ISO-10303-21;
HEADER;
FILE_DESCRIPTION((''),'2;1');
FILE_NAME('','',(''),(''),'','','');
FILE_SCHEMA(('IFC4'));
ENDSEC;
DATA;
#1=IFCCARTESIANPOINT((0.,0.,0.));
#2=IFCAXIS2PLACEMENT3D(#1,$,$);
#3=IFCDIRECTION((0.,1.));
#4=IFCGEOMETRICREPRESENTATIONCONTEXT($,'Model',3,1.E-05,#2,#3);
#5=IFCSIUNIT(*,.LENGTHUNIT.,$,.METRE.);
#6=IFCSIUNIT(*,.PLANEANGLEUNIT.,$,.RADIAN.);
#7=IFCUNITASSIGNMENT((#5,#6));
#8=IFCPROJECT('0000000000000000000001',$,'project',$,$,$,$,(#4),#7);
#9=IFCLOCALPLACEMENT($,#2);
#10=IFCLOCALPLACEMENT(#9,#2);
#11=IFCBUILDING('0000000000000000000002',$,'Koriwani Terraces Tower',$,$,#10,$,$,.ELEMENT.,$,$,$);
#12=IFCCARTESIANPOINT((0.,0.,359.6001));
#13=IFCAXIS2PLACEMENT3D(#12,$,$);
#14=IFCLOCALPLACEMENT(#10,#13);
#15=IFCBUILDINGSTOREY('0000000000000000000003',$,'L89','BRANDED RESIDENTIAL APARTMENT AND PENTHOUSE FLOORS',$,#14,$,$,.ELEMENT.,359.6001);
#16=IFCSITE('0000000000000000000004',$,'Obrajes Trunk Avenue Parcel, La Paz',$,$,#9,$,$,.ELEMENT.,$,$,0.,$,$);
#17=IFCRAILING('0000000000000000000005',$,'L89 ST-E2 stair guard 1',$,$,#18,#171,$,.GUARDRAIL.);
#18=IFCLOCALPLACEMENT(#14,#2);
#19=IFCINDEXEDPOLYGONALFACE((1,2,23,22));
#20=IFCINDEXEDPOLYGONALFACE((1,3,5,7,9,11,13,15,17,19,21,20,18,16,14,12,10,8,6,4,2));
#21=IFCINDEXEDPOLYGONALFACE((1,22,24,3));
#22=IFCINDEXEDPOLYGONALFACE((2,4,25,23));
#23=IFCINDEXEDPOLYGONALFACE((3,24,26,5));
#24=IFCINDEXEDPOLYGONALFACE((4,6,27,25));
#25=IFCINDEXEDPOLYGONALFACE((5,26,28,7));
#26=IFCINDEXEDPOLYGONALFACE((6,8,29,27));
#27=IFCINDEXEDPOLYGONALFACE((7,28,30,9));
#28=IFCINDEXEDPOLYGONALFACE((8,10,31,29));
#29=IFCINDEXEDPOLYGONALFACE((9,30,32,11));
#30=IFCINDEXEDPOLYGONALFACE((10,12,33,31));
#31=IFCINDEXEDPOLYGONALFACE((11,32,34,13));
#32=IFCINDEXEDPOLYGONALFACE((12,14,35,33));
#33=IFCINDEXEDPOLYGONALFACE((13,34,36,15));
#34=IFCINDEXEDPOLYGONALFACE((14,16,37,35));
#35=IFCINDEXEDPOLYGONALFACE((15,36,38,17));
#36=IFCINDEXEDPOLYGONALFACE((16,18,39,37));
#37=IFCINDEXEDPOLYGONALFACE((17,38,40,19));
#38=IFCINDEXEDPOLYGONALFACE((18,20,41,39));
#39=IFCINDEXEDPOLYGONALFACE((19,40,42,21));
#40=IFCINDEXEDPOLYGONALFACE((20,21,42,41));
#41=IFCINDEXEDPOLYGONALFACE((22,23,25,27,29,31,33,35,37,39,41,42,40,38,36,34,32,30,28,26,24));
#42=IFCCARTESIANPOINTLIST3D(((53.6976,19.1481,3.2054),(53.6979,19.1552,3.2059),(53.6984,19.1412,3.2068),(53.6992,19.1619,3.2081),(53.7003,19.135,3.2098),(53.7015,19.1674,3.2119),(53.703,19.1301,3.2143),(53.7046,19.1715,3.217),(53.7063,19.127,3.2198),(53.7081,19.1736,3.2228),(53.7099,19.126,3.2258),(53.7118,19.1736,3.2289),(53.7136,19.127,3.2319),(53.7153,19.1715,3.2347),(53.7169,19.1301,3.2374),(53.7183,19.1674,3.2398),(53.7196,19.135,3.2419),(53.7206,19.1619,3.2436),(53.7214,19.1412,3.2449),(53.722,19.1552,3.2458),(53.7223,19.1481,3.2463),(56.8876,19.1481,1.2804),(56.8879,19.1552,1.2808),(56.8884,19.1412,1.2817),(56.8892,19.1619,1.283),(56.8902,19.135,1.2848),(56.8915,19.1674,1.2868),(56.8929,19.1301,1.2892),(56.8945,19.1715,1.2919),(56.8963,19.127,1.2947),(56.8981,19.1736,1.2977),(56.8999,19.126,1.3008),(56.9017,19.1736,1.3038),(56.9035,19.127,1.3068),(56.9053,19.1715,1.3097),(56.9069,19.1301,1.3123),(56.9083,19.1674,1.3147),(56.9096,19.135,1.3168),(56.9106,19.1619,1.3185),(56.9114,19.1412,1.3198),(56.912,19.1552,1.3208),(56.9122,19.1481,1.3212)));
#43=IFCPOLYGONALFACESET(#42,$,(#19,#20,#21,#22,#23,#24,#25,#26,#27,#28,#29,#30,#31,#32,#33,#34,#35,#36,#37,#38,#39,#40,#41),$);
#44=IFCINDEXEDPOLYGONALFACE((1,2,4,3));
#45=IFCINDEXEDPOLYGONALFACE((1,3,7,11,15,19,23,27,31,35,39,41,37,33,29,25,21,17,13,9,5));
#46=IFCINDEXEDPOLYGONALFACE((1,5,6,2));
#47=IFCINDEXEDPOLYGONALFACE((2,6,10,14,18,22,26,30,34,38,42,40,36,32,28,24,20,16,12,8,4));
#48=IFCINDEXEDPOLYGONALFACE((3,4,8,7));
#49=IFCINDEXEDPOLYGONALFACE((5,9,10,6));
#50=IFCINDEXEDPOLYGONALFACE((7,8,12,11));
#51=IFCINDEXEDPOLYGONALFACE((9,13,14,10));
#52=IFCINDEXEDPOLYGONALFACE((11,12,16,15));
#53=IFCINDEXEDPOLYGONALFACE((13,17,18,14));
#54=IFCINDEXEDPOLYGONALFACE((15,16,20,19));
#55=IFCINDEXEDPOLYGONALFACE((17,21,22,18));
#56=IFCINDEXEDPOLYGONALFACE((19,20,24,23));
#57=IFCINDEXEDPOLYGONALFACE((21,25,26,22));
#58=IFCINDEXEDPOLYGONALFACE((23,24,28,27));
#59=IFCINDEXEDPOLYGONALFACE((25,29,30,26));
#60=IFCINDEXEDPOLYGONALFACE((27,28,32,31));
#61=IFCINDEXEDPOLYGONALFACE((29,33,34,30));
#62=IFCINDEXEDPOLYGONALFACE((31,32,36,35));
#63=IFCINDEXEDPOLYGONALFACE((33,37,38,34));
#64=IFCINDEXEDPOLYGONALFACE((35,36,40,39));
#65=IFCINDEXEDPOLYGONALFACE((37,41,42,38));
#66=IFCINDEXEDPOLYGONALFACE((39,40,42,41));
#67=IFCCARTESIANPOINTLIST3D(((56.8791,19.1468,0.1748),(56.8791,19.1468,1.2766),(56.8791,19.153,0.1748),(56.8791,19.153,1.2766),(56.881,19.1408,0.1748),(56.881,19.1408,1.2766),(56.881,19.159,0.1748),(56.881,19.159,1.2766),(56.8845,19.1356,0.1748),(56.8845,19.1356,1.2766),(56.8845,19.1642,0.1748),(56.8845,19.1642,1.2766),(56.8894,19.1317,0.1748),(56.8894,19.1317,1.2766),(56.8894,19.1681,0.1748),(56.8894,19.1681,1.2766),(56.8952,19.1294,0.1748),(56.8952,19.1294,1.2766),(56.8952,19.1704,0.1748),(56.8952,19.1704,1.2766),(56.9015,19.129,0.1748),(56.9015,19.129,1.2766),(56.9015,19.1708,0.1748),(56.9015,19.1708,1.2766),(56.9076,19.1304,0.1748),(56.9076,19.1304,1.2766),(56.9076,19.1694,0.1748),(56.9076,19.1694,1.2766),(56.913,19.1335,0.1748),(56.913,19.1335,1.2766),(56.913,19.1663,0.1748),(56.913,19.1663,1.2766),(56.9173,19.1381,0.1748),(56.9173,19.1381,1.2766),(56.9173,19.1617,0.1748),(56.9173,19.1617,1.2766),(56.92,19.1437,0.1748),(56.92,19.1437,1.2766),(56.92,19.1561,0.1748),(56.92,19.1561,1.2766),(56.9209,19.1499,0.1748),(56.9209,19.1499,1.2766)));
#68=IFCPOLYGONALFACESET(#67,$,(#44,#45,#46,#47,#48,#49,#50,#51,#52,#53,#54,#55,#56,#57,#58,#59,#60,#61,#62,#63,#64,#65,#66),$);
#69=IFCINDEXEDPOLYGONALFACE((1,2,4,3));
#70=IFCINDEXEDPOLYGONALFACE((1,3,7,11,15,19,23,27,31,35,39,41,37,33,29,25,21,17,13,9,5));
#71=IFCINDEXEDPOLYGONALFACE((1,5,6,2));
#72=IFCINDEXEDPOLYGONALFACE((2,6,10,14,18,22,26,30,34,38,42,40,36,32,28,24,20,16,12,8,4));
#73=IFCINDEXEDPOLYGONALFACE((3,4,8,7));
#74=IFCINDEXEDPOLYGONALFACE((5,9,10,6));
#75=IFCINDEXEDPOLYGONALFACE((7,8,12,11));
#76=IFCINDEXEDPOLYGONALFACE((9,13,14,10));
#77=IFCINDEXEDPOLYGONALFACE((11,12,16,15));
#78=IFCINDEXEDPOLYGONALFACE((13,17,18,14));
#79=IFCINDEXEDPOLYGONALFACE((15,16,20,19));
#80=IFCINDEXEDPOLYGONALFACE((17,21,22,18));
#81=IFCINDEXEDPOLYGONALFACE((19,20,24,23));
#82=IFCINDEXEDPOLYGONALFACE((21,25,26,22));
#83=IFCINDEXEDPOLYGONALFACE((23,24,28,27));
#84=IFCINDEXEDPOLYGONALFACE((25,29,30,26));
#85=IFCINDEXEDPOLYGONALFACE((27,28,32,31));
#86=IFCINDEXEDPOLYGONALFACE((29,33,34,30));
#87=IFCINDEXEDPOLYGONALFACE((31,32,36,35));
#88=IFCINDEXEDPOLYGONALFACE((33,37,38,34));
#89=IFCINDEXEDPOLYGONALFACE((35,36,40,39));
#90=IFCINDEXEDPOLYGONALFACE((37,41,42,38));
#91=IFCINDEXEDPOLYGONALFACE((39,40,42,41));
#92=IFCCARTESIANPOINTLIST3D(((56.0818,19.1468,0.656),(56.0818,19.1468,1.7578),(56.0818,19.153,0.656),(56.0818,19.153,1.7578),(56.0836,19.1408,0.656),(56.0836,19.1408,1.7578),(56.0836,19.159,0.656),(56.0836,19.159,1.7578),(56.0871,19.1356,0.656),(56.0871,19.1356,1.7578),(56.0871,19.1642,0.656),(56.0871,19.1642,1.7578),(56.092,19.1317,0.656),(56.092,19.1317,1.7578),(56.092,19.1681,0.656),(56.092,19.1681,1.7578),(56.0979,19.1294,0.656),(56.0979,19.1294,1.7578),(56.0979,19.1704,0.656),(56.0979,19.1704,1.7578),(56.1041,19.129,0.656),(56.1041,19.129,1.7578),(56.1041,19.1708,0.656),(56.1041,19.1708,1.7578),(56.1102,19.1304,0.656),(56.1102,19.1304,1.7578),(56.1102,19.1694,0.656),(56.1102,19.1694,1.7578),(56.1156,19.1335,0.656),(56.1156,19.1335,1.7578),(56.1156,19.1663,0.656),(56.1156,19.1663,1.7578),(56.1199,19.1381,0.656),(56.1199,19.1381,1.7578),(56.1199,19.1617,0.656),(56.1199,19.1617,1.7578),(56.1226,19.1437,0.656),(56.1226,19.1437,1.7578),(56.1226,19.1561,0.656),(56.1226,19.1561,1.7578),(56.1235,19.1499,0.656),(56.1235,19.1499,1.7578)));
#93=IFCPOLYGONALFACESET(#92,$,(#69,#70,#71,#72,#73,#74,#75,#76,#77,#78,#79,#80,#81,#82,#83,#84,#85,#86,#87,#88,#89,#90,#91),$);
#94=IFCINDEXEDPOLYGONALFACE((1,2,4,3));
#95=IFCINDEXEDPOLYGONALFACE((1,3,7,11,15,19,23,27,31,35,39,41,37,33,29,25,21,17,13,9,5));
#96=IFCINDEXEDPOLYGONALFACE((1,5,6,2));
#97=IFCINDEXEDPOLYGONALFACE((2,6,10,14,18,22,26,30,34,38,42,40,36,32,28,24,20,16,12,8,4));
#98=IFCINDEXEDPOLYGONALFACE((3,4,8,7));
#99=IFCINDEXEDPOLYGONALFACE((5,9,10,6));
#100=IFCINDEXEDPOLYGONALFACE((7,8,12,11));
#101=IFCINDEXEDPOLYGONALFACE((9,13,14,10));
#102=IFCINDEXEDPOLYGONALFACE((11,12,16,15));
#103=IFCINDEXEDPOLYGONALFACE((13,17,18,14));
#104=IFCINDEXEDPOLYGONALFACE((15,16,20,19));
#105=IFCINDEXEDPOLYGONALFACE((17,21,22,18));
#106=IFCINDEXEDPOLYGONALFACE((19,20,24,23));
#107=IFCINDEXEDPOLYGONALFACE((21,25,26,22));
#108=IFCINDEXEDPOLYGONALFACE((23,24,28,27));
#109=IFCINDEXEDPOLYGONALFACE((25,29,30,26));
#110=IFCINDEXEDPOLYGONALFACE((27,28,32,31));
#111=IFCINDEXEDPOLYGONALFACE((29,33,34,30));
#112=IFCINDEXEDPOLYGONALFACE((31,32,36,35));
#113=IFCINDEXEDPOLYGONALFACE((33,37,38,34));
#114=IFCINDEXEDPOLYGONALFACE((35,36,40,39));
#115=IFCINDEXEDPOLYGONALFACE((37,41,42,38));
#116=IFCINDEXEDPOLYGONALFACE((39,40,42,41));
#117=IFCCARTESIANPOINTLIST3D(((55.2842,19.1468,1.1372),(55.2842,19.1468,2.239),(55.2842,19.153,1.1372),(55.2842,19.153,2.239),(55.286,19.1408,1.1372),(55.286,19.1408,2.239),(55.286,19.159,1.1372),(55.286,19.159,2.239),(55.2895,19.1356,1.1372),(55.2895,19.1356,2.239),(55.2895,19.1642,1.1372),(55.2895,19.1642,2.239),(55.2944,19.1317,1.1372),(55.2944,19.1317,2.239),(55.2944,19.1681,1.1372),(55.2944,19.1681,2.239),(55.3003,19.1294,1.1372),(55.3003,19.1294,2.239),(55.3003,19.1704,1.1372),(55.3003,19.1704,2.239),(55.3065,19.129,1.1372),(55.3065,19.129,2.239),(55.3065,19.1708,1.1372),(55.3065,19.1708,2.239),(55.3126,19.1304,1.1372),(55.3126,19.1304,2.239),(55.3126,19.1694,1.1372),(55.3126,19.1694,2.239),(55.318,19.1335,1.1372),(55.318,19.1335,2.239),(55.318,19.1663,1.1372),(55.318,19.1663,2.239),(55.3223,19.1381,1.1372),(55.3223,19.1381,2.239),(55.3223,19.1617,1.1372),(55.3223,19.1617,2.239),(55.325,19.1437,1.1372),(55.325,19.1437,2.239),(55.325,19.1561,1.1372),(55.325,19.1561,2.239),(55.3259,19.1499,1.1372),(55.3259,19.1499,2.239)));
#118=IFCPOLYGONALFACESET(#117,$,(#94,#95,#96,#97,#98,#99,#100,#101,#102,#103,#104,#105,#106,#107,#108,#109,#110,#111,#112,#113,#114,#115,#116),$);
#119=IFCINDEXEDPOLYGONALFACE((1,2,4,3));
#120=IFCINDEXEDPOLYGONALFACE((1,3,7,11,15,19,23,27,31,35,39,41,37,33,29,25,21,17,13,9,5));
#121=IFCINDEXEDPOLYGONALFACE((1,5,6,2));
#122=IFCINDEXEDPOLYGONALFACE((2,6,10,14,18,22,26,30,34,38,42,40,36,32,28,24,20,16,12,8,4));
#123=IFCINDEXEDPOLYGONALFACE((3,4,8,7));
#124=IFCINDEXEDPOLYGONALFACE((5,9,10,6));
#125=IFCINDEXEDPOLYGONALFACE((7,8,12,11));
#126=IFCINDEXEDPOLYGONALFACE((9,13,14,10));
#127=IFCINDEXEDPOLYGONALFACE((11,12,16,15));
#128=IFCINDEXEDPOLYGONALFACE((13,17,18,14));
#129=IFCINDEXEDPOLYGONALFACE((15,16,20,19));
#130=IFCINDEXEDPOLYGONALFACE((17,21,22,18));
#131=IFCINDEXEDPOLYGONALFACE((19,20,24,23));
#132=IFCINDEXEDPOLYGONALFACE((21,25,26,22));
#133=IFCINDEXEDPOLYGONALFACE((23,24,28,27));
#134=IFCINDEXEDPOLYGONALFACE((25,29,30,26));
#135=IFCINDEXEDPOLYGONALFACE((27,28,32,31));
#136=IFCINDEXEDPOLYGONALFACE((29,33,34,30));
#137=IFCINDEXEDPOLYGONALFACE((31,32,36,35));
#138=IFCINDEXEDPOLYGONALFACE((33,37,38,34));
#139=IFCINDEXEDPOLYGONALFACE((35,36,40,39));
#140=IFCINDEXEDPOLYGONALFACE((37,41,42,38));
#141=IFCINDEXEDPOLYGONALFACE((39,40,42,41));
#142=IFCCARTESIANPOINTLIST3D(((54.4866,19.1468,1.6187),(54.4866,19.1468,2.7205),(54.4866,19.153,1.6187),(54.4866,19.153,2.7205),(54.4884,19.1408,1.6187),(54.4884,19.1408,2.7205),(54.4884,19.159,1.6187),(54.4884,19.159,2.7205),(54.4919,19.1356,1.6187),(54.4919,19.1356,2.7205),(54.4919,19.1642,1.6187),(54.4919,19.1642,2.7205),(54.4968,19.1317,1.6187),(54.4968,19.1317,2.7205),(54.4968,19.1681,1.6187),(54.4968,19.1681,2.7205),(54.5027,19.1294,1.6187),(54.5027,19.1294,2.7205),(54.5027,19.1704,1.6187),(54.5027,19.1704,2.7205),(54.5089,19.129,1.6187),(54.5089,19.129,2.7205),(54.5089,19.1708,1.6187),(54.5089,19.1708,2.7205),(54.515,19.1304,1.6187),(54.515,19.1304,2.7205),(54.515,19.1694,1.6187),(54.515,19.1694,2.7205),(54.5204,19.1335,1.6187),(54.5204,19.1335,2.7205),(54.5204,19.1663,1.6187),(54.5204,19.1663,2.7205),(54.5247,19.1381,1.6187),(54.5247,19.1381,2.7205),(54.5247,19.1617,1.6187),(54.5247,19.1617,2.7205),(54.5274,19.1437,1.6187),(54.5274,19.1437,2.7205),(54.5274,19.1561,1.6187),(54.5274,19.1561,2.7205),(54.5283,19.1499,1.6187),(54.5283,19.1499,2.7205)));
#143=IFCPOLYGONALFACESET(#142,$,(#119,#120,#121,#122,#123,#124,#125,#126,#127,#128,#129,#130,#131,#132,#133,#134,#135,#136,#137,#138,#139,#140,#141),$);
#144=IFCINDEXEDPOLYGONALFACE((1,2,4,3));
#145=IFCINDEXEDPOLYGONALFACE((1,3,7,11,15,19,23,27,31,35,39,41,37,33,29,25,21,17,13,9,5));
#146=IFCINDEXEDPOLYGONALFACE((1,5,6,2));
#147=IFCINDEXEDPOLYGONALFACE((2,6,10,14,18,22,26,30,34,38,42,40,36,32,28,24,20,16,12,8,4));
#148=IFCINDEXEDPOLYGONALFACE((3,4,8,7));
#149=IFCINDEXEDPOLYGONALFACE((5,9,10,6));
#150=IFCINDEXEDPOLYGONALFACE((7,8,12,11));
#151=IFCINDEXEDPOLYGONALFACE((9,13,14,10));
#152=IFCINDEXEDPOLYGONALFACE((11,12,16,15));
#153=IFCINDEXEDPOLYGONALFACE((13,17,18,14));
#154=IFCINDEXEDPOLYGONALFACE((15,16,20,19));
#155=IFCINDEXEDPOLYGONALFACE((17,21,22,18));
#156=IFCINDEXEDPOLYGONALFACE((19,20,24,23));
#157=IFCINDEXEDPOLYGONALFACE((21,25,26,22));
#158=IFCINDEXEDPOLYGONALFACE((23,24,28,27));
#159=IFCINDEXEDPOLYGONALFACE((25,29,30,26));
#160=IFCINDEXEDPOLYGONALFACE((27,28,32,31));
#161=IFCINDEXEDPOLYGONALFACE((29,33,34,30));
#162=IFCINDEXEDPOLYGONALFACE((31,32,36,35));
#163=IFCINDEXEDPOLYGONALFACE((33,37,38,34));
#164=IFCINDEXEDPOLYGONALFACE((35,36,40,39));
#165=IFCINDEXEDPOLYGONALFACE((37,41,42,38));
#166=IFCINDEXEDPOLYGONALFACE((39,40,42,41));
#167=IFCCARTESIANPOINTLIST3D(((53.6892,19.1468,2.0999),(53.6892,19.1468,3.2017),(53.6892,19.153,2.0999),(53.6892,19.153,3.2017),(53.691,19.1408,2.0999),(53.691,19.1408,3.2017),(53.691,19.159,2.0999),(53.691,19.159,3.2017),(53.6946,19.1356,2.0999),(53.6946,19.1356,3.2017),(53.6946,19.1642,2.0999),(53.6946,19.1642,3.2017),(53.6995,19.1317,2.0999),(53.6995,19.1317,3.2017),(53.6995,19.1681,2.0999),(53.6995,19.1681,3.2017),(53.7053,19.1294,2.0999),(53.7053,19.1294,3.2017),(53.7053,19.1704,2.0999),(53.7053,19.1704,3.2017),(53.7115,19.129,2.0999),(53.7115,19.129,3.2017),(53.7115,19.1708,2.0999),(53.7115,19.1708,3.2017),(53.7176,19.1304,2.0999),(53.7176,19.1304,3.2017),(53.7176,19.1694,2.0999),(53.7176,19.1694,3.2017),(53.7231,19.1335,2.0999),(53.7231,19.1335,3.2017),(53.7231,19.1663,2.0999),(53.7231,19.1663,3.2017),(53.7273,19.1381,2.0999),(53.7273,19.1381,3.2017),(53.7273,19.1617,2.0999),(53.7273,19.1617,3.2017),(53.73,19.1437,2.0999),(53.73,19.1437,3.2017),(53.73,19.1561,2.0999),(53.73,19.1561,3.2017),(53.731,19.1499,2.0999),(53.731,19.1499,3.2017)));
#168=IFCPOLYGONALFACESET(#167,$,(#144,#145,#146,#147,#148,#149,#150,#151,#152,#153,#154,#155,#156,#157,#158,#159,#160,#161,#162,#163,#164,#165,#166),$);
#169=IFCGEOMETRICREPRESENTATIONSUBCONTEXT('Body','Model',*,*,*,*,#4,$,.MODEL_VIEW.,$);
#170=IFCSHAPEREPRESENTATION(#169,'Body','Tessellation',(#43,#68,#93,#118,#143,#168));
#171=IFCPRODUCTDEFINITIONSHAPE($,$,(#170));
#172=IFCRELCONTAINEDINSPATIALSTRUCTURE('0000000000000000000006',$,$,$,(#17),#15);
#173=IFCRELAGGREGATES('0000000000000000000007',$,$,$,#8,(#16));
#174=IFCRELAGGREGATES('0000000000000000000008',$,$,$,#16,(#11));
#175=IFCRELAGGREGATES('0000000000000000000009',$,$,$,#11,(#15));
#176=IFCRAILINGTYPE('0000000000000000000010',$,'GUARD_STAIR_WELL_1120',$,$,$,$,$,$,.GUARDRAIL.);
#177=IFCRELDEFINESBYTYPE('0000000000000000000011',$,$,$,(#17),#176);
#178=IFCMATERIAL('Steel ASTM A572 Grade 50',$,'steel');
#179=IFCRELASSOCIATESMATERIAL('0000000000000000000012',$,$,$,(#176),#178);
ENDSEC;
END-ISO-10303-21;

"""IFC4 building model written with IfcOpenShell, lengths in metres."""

from ifc_helpers import new_model, si_unit, direction, frame, origin, origin_2d, place, context, subcontext, project, spatial, circle, extrude, material, type_object, element, save


model = new_model("IFC4")

# Units and contexts
model_context = context("Model", 3, precision=1e-05, world=origin(), true_north=direction((0.0, 1.0)))
body_context = subcontext(model_context, "Body", "Model", "MODEL_VIEW")
ifc_project = project(units=[si_unit("LENGTHUNIT", "METRE"), si_unit("PLANEANGLEUNIT", "RADIAN")], contexts=[model_context])

# Site, building, storey
site_placement = place(None, origin())
site = spatial("IfcSite", under=ifc_project, at=site_placement, Name="Obrajes Trunk Avenue Parcel, La Paz", CompositionType="ELEMENT", RefElevation=0.0)
building_placement = place(site_placement, origin())
building = spatial("IfcBuilding", under=site, at=building_placement, Name="Koriwani Terraces Tower", CompositionType="ELEMENT")
storey_placement = place(building_placement, frame((0.0, 0.0, 359.6001)))
storey = spatial("IfcBuildingStorey", under=building, at=storey_placement, Name="L89", Description="BRANDED RESIDENTIAL APARTMENT AND PENTHOUSE FLOORS", CompositionType="ELEMENT", Elevation=359.6001)

# Shared definitions
ifc_material_1 = material(Name="Steel ASTM A572 Grade 50", Category="steel")

# Railing
railing_type_1 = type_object("IfcRailingType", Name="GUARD_STAIR_WELL_1120", PredefinedType="GUARDRAIL", material=ifc_material_1)
railing_1_placement = place(storey_placement, frame((56.8999, 19.1499, 0.1748)))
element("IfcRailing", 1, at=railing_1_placement, inside=storey, type_object=railing_type_1, Name="L89 ST-E2 stair guard 1", PredefinedType="GUARDRAIL", context=body_context, shape_type="SweptSolid", body=[
    extrude(circle(Radius=0.0239, at=origin_2d()), frame((0.0, 0.0, 1.126), z_axis=(-0.856178, 0.0, 0.516682), x_axis=(0.0, -1.0, 0.0)), (0.0, 0.0, 1.0), 3.7258),
    extrude(circle(Radius=0.021, at=origin_2d()), origin(), (0.0, 0.0, 1.0), 1.1018),
    extrude(circle(Radius=0.021, at=origin_2d()), frame((-0.7974, 0.0, 0.4812)), (0.0, 0.0, 1.0), 1.1018),
    extrude(circle(Radius=0.021, at=origin_2d()), frame((-1.595, 0.0, 0.9624)), (0.0, 0.0, 1.0), 1.1018),
    extrude(circle(Radius=0.021, at=origin_2d()), frame((-2.3926, 0.0, 1.4438)), (0.0, 0.0, 1.0), 1.1018),
    extrude(circle(Radius=0.021, at=origin_2d()), frame((-3.1899, 0.0, 1.925)), (0.0, 0.0, 1.0), 1.1018),
])

save(model, "model.ifc")
